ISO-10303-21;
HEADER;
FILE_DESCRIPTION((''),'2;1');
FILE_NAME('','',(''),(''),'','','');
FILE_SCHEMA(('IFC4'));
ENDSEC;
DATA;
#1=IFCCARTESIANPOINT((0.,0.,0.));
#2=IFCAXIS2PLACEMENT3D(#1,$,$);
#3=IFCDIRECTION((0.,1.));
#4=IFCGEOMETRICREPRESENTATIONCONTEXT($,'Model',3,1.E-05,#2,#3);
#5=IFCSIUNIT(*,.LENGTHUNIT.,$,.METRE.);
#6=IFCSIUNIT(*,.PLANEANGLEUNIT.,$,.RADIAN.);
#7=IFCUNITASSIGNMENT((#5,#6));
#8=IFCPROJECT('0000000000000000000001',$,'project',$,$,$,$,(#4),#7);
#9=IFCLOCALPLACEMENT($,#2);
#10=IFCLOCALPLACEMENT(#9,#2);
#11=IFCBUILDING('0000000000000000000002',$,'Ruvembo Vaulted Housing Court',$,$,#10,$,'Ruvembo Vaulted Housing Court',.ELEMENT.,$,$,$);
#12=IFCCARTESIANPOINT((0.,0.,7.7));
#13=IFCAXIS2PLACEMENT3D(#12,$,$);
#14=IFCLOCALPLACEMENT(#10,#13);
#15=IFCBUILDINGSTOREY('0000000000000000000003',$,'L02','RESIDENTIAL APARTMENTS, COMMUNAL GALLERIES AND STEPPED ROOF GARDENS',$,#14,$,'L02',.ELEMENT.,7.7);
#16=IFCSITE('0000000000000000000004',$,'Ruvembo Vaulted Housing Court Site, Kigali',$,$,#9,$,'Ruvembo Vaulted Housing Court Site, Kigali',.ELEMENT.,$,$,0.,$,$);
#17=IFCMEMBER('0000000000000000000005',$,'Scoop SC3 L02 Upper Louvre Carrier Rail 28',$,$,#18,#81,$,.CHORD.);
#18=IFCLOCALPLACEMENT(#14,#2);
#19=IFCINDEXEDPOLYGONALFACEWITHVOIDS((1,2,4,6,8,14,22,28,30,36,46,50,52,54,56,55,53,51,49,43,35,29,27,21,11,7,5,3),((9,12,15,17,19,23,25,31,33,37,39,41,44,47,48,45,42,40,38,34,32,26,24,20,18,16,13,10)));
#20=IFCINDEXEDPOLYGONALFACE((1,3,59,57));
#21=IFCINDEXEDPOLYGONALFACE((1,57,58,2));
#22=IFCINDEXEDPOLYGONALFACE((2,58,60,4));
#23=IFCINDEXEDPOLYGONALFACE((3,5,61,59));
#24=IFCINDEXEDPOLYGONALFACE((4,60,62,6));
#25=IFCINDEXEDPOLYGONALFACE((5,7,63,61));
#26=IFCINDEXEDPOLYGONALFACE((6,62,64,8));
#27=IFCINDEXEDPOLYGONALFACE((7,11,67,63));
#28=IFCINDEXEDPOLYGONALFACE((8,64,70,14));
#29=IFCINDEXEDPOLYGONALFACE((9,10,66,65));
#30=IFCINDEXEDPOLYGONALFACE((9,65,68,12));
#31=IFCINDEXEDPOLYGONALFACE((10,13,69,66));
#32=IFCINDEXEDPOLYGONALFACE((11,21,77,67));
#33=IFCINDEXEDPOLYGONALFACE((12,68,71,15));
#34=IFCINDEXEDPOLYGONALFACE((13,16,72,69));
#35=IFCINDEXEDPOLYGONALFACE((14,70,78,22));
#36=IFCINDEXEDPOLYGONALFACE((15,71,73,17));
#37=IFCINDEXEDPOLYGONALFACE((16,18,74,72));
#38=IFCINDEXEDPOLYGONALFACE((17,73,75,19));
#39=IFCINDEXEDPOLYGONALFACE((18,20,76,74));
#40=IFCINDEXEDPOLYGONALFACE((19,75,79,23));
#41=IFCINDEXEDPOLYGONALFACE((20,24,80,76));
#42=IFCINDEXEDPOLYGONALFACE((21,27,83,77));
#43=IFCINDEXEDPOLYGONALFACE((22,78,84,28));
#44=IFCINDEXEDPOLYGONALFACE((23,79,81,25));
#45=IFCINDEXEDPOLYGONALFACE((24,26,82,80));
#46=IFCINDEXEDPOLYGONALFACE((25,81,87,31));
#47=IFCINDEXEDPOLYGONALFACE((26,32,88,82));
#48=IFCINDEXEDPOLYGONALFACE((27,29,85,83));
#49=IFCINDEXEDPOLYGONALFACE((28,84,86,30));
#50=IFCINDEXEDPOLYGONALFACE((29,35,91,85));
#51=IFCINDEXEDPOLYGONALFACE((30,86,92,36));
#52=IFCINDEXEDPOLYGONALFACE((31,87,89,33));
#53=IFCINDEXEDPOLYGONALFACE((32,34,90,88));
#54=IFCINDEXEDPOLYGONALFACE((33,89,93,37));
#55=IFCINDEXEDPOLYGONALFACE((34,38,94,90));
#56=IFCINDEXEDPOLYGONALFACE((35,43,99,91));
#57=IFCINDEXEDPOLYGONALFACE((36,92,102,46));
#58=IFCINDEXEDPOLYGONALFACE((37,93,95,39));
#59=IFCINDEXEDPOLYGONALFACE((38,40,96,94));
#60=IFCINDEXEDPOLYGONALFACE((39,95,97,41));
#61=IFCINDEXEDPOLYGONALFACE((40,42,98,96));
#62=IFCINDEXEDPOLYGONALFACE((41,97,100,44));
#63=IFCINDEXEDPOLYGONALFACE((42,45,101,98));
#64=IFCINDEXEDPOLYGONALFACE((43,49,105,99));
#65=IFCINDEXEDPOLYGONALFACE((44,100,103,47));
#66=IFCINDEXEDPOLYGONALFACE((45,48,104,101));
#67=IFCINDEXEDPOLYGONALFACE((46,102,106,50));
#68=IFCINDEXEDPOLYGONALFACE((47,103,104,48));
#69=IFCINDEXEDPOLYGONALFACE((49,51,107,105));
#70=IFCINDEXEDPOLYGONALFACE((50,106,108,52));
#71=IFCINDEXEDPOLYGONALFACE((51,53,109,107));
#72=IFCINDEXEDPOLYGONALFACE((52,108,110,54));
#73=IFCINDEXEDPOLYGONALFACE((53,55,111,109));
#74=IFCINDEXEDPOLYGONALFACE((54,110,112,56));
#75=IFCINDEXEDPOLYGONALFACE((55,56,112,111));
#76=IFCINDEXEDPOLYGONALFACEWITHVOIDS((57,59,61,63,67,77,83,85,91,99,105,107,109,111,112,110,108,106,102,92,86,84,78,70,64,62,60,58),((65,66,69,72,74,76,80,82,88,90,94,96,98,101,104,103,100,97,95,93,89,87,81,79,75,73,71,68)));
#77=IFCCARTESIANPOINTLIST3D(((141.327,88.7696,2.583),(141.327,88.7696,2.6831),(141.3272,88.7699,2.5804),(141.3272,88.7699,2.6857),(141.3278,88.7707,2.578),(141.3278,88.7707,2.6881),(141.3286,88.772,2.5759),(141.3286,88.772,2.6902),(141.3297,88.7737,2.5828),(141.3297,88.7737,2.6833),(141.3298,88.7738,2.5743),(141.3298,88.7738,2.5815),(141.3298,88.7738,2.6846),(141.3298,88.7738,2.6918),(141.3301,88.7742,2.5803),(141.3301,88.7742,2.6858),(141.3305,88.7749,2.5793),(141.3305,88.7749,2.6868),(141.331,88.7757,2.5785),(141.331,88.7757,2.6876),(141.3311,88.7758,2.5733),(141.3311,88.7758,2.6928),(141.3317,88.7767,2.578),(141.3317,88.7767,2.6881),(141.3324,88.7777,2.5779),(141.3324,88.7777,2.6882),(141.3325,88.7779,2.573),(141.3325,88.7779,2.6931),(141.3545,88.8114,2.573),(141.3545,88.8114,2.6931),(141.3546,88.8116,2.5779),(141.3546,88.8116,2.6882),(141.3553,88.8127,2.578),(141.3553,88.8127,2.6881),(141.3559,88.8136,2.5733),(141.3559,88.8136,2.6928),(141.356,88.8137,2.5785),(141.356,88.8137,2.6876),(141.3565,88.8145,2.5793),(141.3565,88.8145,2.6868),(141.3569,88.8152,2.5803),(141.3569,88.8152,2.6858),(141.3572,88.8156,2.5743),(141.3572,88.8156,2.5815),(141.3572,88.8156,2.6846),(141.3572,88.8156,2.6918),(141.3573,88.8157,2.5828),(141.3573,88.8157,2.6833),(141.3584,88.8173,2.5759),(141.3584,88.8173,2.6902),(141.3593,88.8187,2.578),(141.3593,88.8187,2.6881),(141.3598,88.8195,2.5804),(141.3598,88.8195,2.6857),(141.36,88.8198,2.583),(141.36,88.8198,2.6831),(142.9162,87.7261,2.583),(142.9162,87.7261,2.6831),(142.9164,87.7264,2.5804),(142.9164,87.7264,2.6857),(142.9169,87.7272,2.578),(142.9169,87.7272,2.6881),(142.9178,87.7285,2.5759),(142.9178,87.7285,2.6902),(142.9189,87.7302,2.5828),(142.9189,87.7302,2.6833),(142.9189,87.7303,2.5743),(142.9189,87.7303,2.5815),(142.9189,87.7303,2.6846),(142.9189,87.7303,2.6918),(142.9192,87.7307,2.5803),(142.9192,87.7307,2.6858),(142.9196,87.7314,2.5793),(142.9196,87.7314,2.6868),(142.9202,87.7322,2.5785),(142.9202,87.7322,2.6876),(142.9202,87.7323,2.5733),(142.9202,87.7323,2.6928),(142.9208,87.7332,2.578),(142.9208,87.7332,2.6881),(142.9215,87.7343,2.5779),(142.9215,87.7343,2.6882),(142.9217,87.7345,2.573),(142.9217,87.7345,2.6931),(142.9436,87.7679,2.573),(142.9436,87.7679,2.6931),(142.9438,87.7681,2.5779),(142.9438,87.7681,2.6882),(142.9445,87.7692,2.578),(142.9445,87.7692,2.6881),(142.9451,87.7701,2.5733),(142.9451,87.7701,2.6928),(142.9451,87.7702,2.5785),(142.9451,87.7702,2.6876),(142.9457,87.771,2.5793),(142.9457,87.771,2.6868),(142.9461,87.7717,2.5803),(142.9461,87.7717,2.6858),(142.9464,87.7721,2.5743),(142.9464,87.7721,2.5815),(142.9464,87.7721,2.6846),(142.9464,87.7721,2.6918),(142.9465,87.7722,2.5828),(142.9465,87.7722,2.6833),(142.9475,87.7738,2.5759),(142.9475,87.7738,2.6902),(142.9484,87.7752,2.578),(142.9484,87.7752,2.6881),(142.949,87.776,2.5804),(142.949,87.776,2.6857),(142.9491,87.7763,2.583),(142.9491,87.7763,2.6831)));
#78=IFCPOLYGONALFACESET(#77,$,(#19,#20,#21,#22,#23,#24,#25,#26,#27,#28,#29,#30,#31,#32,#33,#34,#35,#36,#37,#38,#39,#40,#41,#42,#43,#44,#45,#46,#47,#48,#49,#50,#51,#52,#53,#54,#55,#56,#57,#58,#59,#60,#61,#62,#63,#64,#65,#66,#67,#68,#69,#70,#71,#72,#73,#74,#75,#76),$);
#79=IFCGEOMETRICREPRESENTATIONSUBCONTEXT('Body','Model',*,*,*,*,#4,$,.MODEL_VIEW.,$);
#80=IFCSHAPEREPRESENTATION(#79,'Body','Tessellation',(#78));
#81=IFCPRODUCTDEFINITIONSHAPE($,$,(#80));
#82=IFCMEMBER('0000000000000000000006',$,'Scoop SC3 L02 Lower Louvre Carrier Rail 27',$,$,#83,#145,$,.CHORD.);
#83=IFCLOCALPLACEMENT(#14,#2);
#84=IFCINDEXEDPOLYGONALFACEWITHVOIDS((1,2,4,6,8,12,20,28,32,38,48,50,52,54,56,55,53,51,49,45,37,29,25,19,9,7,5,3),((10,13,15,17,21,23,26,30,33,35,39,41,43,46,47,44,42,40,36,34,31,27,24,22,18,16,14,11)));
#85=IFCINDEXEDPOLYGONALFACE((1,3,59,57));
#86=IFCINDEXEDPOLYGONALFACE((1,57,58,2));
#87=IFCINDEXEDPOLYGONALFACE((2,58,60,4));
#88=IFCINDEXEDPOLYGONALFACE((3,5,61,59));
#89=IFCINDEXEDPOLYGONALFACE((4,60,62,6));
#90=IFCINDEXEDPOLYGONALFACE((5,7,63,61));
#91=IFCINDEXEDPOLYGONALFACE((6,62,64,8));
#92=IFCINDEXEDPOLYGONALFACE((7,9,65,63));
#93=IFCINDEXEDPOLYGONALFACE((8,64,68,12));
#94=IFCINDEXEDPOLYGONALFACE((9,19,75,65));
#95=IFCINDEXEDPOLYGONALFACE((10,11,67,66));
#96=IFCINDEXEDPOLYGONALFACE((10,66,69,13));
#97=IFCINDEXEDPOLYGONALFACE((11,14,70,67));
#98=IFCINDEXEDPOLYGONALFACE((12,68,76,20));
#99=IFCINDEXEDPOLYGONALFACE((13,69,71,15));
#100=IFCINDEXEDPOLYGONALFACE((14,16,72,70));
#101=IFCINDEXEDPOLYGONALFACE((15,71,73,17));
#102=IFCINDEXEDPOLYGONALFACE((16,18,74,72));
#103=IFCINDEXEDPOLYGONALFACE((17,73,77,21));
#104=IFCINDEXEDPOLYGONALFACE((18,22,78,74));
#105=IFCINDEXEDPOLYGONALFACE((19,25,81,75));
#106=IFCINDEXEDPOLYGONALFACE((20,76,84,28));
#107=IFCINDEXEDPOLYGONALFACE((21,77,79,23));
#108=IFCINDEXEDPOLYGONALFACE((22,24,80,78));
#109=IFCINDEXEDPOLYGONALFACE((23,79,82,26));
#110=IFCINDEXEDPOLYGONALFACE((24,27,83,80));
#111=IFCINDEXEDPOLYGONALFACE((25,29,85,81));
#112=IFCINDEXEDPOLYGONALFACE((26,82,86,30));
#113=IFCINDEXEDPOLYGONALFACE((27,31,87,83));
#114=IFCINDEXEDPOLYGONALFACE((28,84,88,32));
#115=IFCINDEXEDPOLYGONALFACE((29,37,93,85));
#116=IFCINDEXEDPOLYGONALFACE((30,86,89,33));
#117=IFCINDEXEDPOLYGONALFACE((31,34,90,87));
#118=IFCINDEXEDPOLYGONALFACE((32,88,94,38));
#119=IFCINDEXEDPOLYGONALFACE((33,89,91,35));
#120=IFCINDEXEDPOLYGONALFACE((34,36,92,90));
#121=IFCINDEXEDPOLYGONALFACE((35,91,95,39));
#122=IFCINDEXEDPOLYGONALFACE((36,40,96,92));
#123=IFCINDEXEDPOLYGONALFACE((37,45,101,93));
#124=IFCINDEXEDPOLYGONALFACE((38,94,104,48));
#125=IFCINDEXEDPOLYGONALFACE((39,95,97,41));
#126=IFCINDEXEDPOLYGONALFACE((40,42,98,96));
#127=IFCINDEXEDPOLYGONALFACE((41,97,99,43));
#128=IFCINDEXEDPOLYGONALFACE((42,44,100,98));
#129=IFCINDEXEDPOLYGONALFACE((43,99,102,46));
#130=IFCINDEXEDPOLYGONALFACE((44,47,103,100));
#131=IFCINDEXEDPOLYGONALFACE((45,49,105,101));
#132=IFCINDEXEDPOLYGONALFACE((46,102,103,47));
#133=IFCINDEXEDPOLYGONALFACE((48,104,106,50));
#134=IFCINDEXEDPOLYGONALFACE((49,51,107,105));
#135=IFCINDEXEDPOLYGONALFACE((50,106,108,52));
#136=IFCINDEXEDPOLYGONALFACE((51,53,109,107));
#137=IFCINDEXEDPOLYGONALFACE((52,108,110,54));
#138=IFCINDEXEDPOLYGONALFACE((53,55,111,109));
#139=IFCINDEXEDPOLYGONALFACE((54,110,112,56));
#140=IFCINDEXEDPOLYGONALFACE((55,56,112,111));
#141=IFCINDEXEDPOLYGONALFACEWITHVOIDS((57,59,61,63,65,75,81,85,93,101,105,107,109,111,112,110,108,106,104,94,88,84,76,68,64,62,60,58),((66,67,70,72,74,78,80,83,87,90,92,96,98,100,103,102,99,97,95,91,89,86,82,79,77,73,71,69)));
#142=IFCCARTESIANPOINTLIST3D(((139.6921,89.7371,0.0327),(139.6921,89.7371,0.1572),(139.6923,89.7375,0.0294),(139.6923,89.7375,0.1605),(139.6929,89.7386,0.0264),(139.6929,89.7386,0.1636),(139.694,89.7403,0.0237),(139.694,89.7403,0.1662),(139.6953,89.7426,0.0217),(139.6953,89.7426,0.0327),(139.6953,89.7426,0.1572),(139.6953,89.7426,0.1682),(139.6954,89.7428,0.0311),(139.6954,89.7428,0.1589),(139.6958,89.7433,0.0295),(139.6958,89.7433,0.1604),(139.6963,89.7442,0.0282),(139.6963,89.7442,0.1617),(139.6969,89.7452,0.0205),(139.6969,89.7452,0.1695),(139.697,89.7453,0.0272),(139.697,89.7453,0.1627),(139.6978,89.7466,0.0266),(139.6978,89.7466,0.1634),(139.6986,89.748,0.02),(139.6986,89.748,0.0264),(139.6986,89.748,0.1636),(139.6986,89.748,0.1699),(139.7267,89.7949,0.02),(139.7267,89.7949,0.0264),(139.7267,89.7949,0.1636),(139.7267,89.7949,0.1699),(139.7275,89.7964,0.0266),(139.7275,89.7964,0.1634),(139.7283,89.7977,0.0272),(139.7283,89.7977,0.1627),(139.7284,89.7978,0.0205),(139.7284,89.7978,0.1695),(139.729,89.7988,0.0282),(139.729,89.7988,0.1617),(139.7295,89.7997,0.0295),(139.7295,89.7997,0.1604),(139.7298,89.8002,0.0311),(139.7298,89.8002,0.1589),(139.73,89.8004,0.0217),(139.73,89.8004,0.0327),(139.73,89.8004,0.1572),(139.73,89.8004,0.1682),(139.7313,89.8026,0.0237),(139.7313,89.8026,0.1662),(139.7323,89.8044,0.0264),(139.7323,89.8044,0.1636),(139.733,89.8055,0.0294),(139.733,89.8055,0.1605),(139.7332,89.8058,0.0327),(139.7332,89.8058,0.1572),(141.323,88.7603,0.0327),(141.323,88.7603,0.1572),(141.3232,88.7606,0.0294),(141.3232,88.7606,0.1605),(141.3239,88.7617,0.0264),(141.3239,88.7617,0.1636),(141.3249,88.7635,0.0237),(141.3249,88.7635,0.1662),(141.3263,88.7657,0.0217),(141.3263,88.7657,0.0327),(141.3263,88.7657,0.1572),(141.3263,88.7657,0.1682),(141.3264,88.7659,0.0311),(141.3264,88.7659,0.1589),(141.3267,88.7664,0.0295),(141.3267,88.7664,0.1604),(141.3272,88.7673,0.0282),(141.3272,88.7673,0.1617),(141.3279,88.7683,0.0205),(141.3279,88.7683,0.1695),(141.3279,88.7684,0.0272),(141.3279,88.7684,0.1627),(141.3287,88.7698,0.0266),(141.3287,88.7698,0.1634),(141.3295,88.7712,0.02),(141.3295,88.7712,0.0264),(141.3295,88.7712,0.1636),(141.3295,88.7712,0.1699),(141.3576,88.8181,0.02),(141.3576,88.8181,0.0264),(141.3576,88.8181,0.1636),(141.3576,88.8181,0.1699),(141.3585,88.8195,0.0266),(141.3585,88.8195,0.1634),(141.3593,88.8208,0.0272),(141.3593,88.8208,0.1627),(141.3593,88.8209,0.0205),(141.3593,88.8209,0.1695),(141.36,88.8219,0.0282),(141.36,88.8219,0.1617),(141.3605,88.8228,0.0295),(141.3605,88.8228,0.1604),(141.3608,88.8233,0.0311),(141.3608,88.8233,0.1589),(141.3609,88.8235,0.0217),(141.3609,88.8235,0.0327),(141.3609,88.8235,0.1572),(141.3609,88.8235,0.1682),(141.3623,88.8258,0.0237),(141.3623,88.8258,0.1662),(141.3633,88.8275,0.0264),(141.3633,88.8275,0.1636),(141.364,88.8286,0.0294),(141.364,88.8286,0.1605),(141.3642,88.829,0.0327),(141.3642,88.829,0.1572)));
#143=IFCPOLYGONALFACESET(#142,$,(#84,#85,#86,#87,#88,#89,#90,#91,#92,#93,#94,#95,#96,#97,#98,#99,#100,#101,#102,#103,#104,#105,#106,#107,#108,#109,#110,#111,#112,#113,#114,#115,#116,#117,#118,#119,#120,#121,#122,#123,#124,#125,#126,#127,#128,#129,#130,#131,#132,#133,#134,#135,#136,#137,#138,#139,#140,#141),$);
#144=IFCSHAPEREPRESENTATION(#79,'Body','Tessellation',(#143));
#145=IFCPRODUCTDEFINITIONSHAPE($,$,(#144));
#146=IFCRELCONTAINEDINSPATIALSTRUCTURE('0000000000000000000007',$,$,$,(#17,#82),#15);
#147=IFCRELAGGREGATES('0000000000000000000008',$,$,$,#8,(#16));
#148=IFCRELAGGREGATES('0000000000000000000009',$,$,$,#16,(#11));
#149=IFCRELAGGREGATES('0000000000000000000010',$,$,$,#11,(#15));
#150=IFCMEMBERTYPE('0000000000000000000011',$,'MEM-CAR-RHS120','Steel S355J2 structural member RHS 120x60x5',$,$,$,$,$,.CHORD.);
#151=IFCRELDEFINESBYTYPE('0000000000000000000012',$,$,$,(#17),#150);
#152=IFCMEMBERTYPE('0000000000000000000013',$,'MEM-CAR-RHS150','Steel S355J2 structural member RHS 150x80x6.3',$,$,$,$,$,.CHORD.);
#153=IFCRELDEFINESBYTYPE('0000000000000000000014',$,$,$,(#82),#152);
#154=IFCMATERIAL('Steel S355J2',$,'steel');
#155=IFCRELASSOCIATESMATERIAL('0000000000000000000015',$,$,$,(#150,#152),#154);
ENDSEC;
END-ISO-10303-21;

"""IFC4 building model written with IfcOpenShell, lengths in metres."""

from ifc_helpers import new_model, si_unit, direction, frame, origin, origin_2d, place, context, subcontext, project, spatial, hollow_rectangle, extrude, material, material_profile, profile_set, type_object, element, save


model = new_model("IFC4")

# Units and contexts
model_context = context("Model", 3, precision=1e-05, world=origin(), true_north=direction((0.0, 1.0)))
body_context = subcontext(model_context, "Body", "Model", "MODEL_VIEW")
ifc_project = project(units=[si_unit("LENGTHUNIT", "METRE"), si_unit("PLANEANGLEUNIT", "RADIAN")], contexts=[model_context])

# Site, building, storey
site_placement = place(None, origin())
site = spatial("IfcSite", under=ifc_project, at=site_placement, Name="Ruvembo Vaulted Housing Court Site, Kigali", LongName="Ruvembo Vaulted Housing Court Site, Kigali", CompositionType="ELEMENT", RefElevation=0.0)
building_placement = place(site_placement, origin())
building = spatial("IfcBuilding", under=site, at=building_placement, Name="Ruvembo Vaulted Housing Court", LongName="Ruvembo Vaulted Housing Court", CompositionType="ELEMENT")
storey_placement = place(building_placement, frame((0.0, 0.0, 7.7)))
storey = spatial("IfcBuildingStorey", under=building, at=storey_placement, Name="L02", Description="RESIDENTIAL APARTMENTS, COMMUNAL GALLERIES AND STEPPED ROOF GARDENS", LongName="L02", CompositionType="ELEMENT", Elevation=7.7)

# Shared definitions
ifc_material_1 = material(Name="Steel S355J2", Category="steel")

# Members
ifc_material_profile_1 = material_profile(ifc_material_1, hollow_rectangle(XDim=0.0601, YDim=0.1201, WallThickness=0.0049, InnerFilletRadius=0.0049, OuterFilletRadius=0.01, at=origin_2d()), Name="RHS 120x60x5")
ifc_profile_set_1 = profile_set([ifc_material_profile_1], Name="Steel S355J2")
member_type_1 = type_object("IfcMemberType", Name="MEM-CAR-RHS120", Description="Steel S355J2 structural member RHS 120x60x5", PredefinedType="CHORD", material=ifc_profile_set_1)
for number, where, z_axis, x_axis, name in (
    (1, (141.3435, 88.7947, 2.6331), (0.835902, -0.548878, 0.0), (0.548878, 0.835902, 0.0), "Scoop SC3 L02 Upper Louvre Carrier Rail 28"),
):
    element("IfcMember", number, at=place(storey_placement, frame(where, z_axis=z_axis, x_axis=x_axis)), inside=storey, type_object=member_type_1, Name=name, PredefinedType="CHORD", context=body_context, shape_type="SweptSolid", body=[
        extrude(hollow_rectangle(XDim=0.0601, YDim=0.1201, WallThickness=0.0049, InnerFilletRadius=0.0049, OuterFilletRadius=0.01, at=origin_2d()), origin(), (0.0, 0.0, 1.0), 1.9011),
    ])
ifc_material_profile_2 = material_profile(ifc_material_1, hollow_rectangle(XDim=0.0801, YDim=0.1499, WallThickness=0.0063, InnerFilletRadius=0.0063, OuterFilletRadius=0.0127, at=origin_2d()), Name="RHS 150x80x6.3")
ifc_profile_set_2 = profile_set([ifc_material_profile_2], Name="Steel S355J2")
member_type_2 = type_object("IfcMemberType", Name="MEM-CAR-RHS150", Description="Steel S355J2 structural member RHS 150x80x6.3", PredefinedType="CHORD", material=ifc_profile_set_2)
for number, where, z_axis, x_axis, name in (
    (2, (139.7126, 89.7715, 0.095), (0.857889, -0.513835, 0.0), (0.513835, 0.857889, 0.0), "Scoop SC3 L02 Lower Louvre Carrier Rail 27"),
):
    element("IfcMember", number, at=place(storey_placement, frame(where, z_axis=z_axis, x_axis=x_axis)), inside=storey, type_object=member_type_2, Name=name, PredefinedType="CHORD", context=body_context, shape_type="SweptSolid", body=[
        extrude(hollow_rectangle(XDim=0.0801, YDim=0.1499, WallThickness=0.0063, InnerFilletRadius=0.0063, OuterFilletRadius=0.0127, at=origin_2d()), origin(), (0.0, 0.0, 1.0), 1.9011),
    ])

save(model, "model.ifc")
